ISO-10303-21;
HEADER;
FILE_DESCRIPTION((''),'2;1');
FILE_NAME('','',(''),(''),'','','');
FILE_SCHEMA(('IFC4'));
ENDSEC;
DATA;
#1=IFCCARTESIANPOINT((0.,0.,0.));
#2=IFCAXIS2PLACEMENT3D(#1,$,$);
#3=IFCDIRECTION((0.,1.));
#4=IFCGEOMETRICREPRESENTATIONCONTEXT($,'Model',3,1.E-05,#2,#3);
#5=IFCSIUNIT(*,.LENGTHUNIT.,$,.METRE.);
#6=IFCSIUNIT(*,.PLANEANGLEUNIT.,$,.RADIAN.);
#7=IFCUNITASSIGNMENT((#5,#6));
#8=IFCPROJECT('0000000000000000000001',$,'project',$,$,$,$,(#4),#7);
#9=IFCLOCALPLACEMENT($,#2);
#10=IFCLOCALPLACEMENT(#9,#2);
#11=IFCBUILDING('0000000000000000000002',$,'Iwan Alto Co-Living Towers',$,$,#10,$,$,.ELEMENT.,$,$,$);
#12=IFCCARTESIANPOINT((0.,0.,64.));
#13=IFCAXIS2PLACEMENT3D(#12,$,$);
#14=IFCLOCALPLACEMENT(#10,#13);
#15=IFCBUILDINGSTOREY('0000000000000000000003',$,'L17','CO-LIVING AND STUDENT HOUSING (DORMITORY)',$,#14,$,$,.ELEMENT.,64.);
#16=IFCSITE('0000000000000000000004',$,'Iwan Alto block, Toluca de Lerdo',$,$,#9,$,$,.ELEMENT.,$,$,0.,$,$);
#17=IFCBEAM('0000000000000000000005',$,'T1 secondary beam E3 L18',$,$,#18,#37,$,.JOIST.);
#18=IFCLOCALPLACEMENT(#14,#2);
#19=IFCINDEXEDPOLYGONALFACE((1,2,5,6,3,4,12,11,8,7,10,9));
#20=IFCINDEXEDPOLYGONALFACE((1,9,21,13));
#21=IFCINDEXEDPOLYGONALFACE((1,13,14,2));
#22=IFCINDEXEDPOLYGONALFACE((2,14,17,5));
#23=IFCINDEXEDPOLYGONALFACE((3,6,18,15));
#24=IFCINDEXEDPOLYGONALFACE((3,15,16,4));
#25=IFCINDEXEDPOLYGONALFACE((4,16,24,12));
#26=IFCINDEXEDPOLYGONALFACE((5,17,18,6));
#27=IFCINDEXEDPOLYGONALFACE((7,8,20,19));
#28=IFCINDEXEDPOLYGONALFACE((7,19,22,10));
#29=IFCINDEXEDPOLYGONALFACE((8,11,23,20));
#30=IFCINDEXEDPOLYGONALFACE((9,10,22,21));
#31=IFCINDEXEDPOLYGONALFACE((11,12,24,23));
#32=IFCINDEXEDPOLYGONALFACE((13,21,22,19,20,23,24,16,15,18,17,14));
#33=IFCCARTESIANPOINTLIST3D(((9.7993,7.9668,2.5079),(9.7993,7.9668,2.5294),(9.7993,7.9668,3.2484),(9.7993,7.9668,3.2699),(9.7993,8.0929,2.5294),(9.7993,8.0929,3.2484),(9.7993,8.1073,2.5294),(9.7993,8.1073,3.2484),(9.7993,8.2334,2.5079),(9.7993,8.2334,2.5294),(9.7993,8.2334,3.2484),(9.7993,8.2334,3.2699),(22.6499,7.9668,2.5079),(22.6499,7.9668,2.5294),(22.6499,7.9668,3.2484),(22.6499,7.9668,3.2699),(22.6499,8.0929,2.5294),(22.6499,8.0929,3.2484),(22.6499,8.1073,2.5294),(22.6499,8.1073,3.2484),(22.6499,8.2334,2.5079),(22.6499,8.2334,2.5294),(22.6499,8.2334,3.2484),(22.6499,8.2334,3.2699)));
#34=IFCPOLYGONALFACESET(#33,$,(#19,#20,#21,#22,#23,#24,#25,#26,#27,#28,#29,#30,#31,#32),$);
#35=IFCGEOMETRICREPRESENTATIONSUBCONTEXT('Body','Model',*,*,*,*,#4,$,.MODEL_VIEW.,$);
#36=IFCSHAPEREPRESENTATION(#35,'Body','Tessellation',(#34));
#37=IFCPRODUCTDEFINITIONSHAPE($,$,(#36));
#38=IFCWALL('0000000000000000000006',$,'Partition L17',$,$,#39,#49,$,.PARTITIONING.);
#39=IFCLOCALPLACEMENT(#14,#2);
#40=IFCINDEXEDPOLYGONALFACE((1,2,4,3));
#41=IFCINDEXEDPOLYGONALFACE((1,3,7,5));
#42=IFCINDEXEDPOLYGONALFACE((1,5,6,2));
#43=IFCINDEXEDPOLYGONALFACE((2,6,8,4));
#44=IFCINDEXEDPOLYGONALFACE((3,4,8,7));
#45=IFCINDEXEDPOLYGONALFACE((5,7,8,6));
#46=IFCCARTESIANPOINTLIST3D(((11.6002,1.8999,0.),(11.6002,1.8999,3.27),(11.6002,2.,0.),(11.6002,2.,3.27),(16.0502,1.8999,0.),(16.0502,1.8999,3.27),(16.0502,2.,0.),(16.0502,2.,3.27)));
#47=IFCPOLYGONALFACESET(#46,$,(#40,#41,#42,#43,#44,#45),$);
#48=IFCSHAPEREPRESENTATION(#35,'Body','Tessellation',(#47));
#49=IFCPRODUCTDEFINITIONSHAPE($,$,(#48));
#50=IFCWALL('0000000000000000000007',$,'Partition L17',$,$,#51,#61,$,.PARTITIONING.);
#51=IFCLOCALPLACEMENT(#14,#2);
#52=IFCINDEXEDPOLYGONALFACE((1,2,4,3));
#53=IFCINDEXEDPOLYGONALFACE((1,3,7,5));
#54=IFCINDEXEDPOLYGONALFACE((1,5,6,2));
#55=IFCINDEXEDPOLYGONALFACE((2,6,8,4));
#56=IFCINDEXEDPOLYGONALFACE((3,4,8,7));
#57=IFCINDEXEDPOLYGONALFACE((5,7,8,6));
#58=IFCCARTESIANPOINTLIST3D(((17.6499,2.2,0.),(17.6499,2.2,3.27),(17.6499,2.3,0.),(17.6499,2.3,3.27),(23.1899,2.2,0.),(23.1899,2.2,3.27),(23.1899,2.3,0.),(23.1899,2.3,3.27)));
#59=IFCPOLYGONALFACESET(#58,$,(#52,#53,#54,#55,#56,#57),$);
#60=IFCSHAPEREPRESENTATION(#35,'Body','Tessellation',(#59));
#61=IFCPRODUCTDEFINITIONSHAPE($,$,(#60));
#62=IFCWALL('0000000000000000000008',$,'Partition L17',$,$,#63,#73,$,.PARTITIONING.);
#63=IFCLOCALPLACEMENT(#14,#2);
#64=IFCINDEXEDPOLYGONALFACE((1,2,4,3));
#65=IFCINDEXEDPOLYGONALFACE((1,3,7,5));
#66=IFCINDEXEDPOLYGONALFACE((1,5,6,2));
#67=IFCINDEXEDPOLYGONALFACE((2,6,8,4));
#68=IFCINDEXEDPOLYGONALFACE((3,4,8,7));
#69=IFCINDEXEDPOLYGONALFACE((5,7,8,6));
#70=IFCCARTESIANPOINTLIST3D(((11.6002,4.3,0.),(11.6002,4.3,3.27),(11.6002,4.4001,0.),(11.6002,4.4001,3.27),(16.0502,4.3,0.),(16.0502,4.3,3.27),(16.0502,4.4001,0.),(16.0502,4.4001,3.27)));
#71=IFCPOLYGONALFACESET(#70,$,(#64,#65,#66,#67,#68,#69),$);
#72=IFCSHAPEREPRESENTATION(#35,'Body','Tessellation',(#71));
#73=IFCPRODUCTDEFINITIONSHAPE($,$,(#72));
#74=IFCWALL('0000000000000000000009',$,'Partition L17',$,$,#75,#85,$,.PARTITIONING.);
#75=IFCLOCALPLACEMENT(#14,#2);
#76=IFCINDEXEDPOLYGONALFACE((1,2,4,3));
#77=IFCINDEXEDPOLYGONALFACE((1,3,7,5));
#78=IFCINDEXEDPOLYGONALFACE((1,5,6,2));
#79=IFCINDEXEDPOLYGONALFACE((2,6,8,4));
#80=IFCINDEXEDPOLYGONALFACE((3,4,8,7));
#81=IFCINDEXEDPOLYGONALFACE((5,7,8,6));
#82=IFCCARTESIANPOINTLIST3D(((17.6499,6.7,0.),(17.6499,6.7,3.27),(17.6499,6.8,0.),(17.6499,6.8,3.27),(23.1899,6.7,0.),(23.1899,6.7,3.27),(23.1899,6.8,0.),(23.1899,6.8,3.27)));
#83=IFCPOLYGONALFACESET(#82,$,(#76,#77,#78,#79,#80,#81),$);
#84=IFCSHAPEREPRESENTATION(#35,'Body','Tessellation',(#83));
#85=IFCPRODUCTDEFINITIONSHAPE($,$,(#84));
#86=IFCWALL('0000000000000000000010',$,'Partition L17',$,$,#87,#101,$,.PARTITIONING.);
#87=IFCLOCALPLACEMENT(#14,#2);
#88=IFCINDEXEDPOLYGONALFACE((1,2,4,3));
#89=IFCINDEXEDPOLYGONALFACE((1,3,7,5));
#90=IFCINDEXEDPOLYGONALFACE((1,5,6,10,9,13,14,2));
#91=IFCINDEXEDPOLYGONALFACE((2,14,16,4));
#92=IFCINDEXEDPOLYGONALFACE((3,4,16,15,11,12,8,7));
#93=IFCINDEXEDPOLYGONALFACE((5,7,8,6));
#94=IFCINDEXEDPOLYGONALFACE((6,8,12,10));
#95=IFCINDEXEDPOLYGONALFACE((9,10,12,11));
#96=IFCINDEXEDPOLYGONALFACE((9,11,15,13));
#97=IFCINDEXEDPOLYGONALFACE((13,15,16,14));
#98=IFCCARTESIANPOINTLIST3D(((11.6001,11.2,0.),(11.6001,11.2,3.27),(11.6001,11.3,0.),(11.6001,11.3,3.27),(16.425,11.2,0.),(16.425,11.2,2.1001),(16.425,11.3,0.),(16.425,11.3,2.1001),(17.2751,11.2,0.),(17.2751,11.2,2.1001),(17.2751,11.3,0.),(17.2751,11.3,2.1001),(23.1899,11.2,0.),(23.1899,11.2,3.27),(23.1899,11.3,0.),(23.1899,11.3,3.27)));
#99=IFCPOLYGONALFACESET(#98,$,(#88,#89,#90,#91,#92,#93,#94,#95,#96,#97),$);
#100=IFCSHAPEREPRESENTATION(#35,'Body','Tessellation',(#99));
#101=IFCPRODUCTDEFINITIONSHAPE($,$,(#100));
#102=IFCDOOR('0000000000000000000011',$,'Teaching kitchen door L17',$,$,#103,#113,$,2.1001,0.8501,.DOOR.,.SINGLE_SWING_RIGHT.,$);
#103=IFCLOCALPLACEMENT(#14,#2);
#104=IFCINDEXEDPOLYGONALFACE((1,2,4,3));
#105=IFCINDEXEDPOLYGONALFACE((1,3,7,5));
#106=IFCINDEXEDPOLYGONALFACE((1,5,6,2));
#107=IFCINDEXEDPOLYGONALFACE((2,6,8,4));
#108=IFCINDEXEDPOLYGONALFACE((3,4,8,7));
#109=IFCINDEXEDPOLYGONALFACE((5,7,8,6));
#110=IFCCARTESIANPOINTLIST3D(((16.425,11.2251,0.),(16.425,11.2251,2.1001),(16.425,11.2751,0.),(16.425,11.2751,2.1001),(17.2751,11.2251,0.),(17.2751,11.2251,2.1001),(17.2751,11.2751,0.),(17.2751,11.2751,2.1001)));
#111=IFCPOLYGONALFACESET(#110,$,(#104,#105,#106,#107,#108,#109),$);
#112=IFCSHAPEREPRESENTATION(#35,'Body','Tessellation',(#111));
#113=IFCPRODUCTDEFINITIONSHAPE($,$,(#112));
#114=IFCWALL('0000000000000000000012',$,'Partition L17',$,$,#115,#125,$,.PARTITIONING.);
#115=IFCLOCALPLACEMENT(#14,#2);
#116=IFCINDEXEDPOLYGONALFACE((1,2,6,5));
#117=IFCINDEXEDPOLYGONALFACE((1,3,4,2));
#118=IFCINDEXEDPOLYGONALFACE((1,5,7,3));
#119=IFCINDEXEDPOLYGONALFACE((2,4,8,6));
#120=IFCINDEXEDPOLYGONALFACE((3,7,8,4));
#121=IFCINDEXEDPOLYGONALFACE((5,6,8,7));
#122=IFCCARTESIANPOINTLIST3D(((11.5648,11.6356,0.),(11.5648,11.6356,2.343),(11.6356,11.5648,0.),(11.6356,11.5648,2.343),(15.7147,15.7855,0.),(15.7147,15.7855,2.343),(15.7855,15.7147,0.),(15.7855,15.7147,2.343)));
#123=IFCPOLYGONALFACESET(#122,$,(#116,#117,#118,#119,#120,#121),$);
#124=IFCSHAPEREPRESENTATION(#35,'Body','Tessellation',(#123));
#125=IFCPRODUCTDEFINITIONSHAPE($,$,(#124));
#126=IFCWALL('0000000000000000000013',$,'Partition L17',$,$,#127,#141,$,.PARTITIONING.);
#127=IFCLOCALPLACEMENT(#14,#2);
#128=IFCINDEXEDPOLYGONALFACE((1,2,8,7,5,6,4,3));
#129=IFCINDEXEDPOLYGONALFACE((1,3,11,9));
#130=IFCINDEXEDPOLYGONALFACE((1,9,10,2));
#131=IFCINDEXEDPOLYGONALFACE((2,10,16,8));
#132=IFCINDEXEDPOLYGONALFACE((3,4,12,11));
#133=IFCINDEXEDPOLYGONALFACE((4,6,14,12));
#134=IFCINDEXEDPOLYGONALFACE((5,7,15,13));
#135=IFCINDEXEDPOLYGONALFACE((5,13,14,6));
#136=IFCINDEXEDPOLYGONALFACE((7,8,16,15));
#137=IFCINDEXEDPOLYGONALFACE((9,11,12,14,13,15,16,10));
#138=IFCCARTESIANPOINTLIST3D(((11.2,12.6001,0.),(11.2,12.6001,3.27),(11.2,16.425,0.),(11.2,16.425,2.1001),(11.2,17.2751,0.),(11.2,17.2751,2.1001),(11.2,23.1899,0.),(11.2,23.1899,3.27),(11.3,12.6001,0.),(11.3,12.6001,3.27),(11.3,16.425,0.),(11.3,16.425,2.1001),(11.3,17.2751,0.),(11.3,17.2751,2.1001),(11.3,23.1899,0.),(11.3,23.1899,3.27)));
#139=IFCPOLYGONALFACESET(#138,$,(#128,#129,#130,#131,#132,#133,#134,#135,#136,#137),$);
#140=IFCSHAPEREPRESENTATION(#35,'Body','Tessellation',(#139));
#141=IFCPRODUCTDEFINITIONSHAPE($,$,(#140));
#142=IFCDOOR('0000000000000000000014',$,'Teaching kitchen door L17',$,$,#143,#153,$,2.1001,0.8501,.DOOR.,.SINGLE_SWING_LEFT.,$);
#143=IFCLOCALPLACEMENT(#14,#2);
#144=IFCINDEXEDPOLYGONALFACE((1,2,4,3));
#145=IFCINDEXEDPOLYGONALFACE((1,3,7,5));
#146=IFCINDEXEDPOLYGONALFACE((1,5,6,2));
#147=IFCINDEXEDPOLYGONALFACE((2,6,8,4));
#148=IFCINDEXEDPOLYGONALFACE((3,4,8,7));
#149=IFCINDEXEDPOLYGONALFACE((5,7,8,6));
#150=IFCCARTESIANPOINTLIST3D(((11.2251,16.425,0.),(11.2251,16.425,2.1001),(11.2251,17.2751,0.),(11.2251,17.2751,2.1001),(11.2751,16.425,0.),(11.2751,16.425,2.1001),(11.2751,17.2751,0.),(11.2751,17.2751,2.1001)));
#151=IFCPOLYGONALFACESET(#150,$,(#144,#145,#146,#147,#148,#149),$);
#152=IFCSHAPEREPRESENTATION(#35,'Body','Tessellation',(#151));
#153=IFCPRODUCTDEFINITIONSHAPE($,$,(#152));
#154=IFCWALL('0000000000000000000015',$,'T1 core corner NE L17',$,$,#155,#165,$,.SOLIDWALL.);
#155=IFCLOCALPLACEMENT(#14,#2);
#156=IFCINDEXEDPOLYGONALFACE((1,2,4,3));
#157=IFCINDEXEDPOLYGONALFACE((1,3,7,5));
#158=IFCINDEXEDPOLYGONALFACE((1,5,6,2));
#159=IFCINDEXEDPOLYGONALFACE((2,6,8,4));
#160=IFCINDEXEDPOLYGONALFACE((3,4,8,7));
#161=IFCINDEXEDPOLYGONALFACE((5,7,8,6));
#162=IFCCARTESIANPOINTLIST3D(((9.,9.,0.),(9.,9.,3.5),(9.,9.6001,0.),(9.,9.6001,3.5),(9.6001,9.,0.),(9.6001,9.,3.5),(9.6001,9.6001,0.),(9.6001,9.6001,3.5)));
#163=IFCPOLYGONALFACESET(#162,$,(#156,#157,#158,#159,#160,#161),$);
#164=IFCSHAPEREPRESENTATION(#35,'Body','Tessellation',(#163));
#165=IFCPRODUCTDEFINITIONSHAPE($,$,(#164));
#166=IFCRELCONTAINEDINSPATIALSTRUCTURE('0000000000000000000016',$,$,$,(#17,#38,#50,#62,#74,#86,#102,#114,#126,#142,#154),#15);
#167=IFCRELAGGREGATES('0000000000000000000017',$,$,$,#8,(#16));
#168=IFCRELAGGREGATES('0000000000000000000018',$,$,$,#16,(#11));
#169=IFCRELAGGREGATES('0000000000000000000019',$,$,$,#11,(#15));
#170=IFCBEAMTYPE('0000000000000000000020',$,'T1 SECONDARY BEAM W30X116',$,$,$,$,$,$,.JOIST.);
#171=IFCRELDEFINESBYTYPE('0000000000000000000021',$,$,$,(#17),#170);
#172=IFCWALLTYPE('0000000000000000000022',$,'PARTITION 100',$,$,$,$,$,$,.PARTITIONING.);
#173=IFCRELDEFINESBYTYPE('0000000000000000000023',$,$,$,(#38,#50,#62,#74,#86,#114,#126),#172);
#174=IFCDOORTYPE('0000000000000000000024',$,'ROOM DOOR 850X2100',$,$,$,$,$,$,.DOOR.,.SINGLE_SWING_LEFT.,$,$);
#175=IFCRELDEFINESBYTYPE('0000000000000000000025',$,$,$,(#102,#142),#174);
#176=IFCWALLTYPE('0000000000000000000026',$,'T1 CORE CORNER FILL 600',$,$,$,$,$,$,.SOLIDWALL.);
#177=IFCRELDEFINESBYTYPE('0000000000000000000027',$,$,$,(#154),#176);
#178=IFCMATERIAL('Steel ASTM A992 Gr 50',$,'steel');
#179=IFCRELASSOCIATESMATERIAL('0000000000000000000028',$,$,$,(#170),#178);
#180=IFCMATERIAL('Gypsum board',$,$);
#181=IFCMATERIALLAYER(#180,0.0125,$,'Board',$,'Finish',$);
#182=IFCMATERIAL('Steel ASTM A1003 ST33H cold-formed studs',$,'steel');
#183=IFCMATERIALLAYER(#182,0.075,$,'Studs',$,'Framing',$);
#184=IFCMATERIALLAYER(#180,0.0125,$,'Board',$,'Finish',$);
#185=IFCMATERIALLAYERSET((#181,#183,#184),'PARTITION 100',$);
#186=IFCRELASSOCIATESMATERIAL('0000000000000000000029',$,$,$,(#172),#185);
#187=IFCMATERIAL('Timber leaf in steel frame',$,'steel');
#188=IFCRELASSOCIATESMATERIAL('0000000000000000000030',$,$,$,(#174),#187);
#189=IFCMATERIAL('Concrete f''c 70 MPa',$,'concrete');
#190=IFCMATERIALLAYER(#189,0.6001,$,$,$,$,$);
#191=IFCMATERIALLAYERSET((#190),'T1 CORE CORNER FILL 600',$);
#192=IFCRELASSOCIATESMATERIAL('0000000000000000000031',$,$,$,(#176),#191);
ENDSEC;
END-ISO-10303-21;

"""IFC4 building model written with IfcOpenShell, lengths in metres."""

from ifc_helpers import new_model, si_unit, direction, frame, frame_2d, origin, origin_2d, place, context, subcontext, project, spatial, rectangle, i_section, extrude, material, layer, layer_set, material_profile, profile_set, type_object, element, fill, save


model = new_model("IFC4")

# Units and contexts
model_context = context("Model", 3, precision=1e-05, world=origin(), true_north=direction((0.0, 1.0)))
body_context = subcontext(model_context, "Body", "Model", "MODEL_VIEW")
ifc_project = project(units=[si_unit("LENGTHUNIT", "METRE"), si_unit("PLANEANGLEUNIT", "RADIAN")], contexts=[model_context])

# Site, building, storey
site_placement = place(None, origin())
site = spatial("IfcSite", under=ifc_project, at=site_placement, Name="Iwan Alto block, Toluca de Lerdo", CompositionType="ELEMENT", RefElevation=0.0)
building_placement = place(site_placement, origin())
building = spatial("IfcBuilding", under=site, at=building_placement, Name="Iwan Alto Co-Living Towers", CompositionType="ELEMENT")
storey_placement = place(building_placement, frame((0.0, 0.0, 64.0)))
storey = spatial("IfcBuildingStorey", under=building, at=storey_placement, Name="L17", Description="CO-LIVING AND STUDENT HOUSING (DORMITORY)", CompositionType="ELEMENT", Elevation=64.0)

# Beam
ifc_material_1 = material(Name="Steel ASTM A992 Gr 50", Category="steel")
ifc_material_profile_1 = material_profile(ifc_material_1, i_section(OverallWidth=0.2666, OverallDepth=0.762, WebThickness=0.0144, FlangeThickness=0.0215, at=origin_2d()), Name="W30X116")
ifc_profile_set_1 = profile_set([ifc_material_profile_1], Name="Steel ASTM A992 Gr 50")
beam_type_1 = type_object("IfcBeamType", Name="T1 SECONDARY BEAM W30X116", PredefinedType="JOIST", material=ifc_profile_set_1)
for number, where, z_axis, x_axis, name in (
    (1, (22.6499, 8.1001, 2.8889), (-1.0, 0.0, 0.0), (0.0, -1.0, 0.0), "T1 secondary beam E3 L18"),
):
    element("IfcBeam", number, at=place(storey_placement, frame(where, z_axis=z_axis, x_axis=x_axis)), inside=storey, type_object=beam_type_1, Name=name, PredefinedType="JOIST", context=body_context, shape_type="SweptSolid", body=[
        extrude(i_section(OverallWidth=0.2666, OverallDepth=0.762, WebThickness=0.0144, FlangeThickness=0.0215, at=origin_2d()), origin(), (0.0, 0.0, 1.0), 12.8506),
    ])

# Walls
ifc_material_2 = material(Name="Gypsum board")
ifc_layer_1 = layer(ifc_material_2, 0.0125, Name="Board", Category="Finish")
ifc_material_3 = material(Name="Steel ASTM A1003 ST33H cold-formed studs", Category="steel")
ifc_layer_2 = layer(ifc_material_3, 0.075, Name="Studs", Category="Framing")
ifc_layer_3 = layer(ifc_material_2, 0.0125, Name="Board", Category="Finish")
ifc_layer_set_1 = layer_set([ifc_layer_1, ifc_layer_2, ifc_layer_3], Name="PARTITION 100")
wall_type_1 = type_object("IfcWallType", Name="PARTITION 100", PredefinedType="PARTITIONING", material=ifc_layer_set_1)
wall_1_placement = place(storey_placement, frame((11.6001, 1.95, 0.0), z_axis=(0.0, 0.0, 1.0), x_axis=(1.0, 0.0, 0.0)))
element("IfcWall", 2, at=wall_1_placement, inside=storey, type_object=wall_type_1, Name="Partition L17", PredefinedType="PARTITIONING", context=body_context, shape_type="SweptSolid", body=[
    extrude(rectangle(XDim=4.45, YDim=0.1001, at=frame_2d((2.2251, 0.0))), origin(), (0.0, 0.0, 1.0), 3.27),
])
wall_2_placement = place(storey_placement, frame((17.6499, 2.25, 0.0), z_axis=(0.0, 0.0, 1.0), x_axis=(1.0, 0.0, 0.0)))
element("IfcWall", 3, at=wall_2_placement, inside=storey, type_object=wall_type_1, Name="Partition L17", PredefinedType="PARTITIONING", context=body_context, shape_type="SweptSolid", body=[
    extrude(rectangle(XDim=5.54, YDim=0.1001, at=frame_2d((2.77, 0.0))), origin(), (0.0, 0.0, 1.0), 3.27),
])
wall_3_placement = place(storey_placement, frame((11.6001, 4.3501, 0.0), z_axis=(0.0, 0.0, 1.0), x_axis=(1.0, 0.0, 0.0)))
element("IfcWall", 4, at=wall_3_placement, inside=storey, type_object=wall_type_1, Name="Partition L17", PredefinedType="PARTITIONING", context=body_context, shape_type="SweptSolid", body=[
    extrude(rectangle(XDim=4.45, YDim=0.1001, at=frame_2d((2.2251, 0.0))), origin(), (0.0, 0.0, 1.0), 3.27),
])
wall_4_placement = place(storey_placement, frame((17.6499, 6.75, 0.0), z_axis=(0.0, 0.0, 1.0), x_axis=(1.0, 0.0, 0.0)))
element("IfcWall", 5, at=wall_4_placement, inside=storey, type_object=wall_type_1, Name="Partition L17", PredefinedType="PARTITIONING", context=body_context, shape_type="SweptSolid", body=[
    extrude(rectangle(XDim=5.54, YDim=0.1001, at=frame_2d((2.77, 0.0))), origin(), (0.0, 0.0, 1.0), 3.27),
])

# Wall, opening, door
wall_5_placement = place(storey_placement, frame((11.6001, 11.25, 0.0), z_axis=(0.0, 0.0, 1.0), x_axis=(1.0, 0.0, 0.0)))
wall_5 = element("IfcWall", 6, at=wall_5_placement, inside=storey, type_object=wall_type_1, Name="Partition L17", PredefinedType="PARTITIONING", context=body_context, shape_type="SweptSolid", body=[
    extrude(rectangle(XDim=11.5898, YDim=0.1001, at=frame_2d((5.7949, 0.0))), origin(), (0.0, 0.0, 1.0), 3.27),
])
opening_1_placement = place(wall_5_placement, frame((4.825, 0.0, 0.0)))
opening_1 = element("IfcOpeningElement", 7, at=opening_1_placement, cuts=wall_5, PredefinedType="OPENING", context=body_context, shape_type="SweptSolid", body=[
    extrude(rectangle(XDim=0.8501, YDim=2.1001, at=frame_2d((0.425, 1.05))), frame((0.0, 0.0601, 0.0), z_axis=(0.0, -1.0, 0.0), x_axis=(1.0, 0.0, 0.0)), (0.0, 0.0, 1.0), 0.1201),
])
ifc_material_4 = material(Name="Timber leaf in steel frame", Category="steel")
door_type = type_object("IfcDoorType", Name="ROOM DOOR 850X2100", OperationType="SINGLE_SWING_LEFT", PredefinedType="DOOR", material=ifc_material_4)
door_1_placement = place(opening_1_placement, frame((0.8501, 0.0, 0.0), z_axis=(0.0, 0.0, 1.0), x_axis=(-1.0, 0.0, 0.0)))
door_1 = element("IfcDoor", 8, at=door_1_placement, inside=storey, type_object=door_type, Name="Teaching kitchen door L17", OperationType="SINGLE_SWING_RIGHT", OverallHeight=2.1001, OverallWidth=0.8501, PredefinedType="DOOR", context=body_context, shape_type="SweptSolid", body=[
    extrude(rectangle(XDim=0.8501, YDim=2.1001, at=frame_2d((0.425, 1.05))), frame((0.0, 0.0249, 0.0), z_axis=(0.0, -1.0, 0.0), x_axis=(1.0, 0.0, 0.0)), (0.0, 0.0, 1.0), 0.05),
])
fill(opening_1, door_1)

# Wall
wall_6_placement = place(storey_placement, frame((11.6001, 11.6001, 0.0), z_axis=(0.0, 0.0, 1.0), x_axis=(0.707107, 0.707107, 0.0)))
element("IfcWall", 9, at=wall_6_placement, inside=storey, type_object=wall_type_1, Name="Partition L17", PredefinedType="PARTITIONING", context=body_context, shape_type="SweptSolid", body=[
    extrude(rectangle(XDim=5.8689, YDim=0.1001, at=frame_2d((2.9346, 0.0))), origin(), (0.0, 0.0, 1.0), 2.343),
])

# Wall, opening, door
wall_7_placement = place(storey_placement, frame((11.25, 12.6001, 0.0), z_axis=(0.0, 0.0, 1.0), x_axis=(0.0, 1.0, 0.0)))
wall_7 = element("IfcWall", 10, at=wall_7_placement, inside=storey, type_object=wall_type_1, Name="Partition L17", PredefinedType="PARTITIONING", context=body_context, shape_type="SweptSolid", body=[
    extrude(rectangle(XDim=10.5898, YDim=0.1001, at=frame_2d((5.2949, 0.0))), origin(), (0.0, 0.0, 1.0), 3.27),
])
opening_2_placement = place(wall_7_placement, frame((3.825, 0.0, 0.0)))
opening_2 = element("IfcOpeningElement", 11, at=opening_2_placement, cuts=wall_7, PredefinedType="OPENING", context=body_context, shape_type="SweptSolid", body=[
    extrude(rectangle(XDim=0.8501, YDim=2.1001, at=frame_2d((0.425, 1.05))), frame((0.0, 0.0601, 0.0), z_axis=(0.0, -1.0, 0.0), x_axis=(1.0, 0.0, 0.0)), (0.0, 0.0, 1.0), 0.1201),
])
door_2_placement = place(opening_2_placement, origin())
door_2 = element("IfcDoor", 12, at=door_2_placement, inside=storey, type_object=door_type, Name="Teaching kitchen door L17", OperationType="SINGLE_SWING_LEFT", OverallHeight=2.1001, OverallWidth=0.8501, PredefinedType="DOOR", context=body_context, shape_type="SweptSolid", body=[
    extrude(rectangle(XDim=0.8501, YDim=2.1001, at=frame_2d((0.425, 1.05))), frame((0.0, 0.0249, 0.0), z_axis=(0.0, -1.0, 0.0), x_axis=(1.0, 0.0, 0.0)), (0.0, 0.0, 1.0), 0.05),
])
fill(opening_2, door_2)

# Wall
ifc_material_5 = material(Name="Concrete f'c 70 MPa", Category="concrete")
ifc_layer_4 = layer(ifc_material_5, 0.6001)
ifc_layer_set_2 = layer_set([ifc_layer_4], Name="T1 CORE CORNER FILL 600")
wall_type_2 = type_object("IfcWallType", Name="T1 CORE CORNER FILL 600", PredefinedType="SOLIDWALL", material=ifc_layer_set_2)
wall_8_placement = place(storey_placement, frame((9.0, 9.3, 0.0), z_axis=(0.0, 0.0, 1.0), x_axis=(1.0, 0.0, 0.0)))
element("IfcWall", 13, at=wall_8_placement, inside=storey, type_object=wall_type_2, Name="T1 core corner NE L17", PredefinedType="SOLIDWALL", context=body_context, shape_type="SweptSolid", body=[
    extrude(rectangle(XDim=0.6001, YDim=0.6001, at=frame_2d((0.3, 0.0))), origin(), (0.0, 0.0, 1.0), 3.5),
])

save(model, "model.ifc")
